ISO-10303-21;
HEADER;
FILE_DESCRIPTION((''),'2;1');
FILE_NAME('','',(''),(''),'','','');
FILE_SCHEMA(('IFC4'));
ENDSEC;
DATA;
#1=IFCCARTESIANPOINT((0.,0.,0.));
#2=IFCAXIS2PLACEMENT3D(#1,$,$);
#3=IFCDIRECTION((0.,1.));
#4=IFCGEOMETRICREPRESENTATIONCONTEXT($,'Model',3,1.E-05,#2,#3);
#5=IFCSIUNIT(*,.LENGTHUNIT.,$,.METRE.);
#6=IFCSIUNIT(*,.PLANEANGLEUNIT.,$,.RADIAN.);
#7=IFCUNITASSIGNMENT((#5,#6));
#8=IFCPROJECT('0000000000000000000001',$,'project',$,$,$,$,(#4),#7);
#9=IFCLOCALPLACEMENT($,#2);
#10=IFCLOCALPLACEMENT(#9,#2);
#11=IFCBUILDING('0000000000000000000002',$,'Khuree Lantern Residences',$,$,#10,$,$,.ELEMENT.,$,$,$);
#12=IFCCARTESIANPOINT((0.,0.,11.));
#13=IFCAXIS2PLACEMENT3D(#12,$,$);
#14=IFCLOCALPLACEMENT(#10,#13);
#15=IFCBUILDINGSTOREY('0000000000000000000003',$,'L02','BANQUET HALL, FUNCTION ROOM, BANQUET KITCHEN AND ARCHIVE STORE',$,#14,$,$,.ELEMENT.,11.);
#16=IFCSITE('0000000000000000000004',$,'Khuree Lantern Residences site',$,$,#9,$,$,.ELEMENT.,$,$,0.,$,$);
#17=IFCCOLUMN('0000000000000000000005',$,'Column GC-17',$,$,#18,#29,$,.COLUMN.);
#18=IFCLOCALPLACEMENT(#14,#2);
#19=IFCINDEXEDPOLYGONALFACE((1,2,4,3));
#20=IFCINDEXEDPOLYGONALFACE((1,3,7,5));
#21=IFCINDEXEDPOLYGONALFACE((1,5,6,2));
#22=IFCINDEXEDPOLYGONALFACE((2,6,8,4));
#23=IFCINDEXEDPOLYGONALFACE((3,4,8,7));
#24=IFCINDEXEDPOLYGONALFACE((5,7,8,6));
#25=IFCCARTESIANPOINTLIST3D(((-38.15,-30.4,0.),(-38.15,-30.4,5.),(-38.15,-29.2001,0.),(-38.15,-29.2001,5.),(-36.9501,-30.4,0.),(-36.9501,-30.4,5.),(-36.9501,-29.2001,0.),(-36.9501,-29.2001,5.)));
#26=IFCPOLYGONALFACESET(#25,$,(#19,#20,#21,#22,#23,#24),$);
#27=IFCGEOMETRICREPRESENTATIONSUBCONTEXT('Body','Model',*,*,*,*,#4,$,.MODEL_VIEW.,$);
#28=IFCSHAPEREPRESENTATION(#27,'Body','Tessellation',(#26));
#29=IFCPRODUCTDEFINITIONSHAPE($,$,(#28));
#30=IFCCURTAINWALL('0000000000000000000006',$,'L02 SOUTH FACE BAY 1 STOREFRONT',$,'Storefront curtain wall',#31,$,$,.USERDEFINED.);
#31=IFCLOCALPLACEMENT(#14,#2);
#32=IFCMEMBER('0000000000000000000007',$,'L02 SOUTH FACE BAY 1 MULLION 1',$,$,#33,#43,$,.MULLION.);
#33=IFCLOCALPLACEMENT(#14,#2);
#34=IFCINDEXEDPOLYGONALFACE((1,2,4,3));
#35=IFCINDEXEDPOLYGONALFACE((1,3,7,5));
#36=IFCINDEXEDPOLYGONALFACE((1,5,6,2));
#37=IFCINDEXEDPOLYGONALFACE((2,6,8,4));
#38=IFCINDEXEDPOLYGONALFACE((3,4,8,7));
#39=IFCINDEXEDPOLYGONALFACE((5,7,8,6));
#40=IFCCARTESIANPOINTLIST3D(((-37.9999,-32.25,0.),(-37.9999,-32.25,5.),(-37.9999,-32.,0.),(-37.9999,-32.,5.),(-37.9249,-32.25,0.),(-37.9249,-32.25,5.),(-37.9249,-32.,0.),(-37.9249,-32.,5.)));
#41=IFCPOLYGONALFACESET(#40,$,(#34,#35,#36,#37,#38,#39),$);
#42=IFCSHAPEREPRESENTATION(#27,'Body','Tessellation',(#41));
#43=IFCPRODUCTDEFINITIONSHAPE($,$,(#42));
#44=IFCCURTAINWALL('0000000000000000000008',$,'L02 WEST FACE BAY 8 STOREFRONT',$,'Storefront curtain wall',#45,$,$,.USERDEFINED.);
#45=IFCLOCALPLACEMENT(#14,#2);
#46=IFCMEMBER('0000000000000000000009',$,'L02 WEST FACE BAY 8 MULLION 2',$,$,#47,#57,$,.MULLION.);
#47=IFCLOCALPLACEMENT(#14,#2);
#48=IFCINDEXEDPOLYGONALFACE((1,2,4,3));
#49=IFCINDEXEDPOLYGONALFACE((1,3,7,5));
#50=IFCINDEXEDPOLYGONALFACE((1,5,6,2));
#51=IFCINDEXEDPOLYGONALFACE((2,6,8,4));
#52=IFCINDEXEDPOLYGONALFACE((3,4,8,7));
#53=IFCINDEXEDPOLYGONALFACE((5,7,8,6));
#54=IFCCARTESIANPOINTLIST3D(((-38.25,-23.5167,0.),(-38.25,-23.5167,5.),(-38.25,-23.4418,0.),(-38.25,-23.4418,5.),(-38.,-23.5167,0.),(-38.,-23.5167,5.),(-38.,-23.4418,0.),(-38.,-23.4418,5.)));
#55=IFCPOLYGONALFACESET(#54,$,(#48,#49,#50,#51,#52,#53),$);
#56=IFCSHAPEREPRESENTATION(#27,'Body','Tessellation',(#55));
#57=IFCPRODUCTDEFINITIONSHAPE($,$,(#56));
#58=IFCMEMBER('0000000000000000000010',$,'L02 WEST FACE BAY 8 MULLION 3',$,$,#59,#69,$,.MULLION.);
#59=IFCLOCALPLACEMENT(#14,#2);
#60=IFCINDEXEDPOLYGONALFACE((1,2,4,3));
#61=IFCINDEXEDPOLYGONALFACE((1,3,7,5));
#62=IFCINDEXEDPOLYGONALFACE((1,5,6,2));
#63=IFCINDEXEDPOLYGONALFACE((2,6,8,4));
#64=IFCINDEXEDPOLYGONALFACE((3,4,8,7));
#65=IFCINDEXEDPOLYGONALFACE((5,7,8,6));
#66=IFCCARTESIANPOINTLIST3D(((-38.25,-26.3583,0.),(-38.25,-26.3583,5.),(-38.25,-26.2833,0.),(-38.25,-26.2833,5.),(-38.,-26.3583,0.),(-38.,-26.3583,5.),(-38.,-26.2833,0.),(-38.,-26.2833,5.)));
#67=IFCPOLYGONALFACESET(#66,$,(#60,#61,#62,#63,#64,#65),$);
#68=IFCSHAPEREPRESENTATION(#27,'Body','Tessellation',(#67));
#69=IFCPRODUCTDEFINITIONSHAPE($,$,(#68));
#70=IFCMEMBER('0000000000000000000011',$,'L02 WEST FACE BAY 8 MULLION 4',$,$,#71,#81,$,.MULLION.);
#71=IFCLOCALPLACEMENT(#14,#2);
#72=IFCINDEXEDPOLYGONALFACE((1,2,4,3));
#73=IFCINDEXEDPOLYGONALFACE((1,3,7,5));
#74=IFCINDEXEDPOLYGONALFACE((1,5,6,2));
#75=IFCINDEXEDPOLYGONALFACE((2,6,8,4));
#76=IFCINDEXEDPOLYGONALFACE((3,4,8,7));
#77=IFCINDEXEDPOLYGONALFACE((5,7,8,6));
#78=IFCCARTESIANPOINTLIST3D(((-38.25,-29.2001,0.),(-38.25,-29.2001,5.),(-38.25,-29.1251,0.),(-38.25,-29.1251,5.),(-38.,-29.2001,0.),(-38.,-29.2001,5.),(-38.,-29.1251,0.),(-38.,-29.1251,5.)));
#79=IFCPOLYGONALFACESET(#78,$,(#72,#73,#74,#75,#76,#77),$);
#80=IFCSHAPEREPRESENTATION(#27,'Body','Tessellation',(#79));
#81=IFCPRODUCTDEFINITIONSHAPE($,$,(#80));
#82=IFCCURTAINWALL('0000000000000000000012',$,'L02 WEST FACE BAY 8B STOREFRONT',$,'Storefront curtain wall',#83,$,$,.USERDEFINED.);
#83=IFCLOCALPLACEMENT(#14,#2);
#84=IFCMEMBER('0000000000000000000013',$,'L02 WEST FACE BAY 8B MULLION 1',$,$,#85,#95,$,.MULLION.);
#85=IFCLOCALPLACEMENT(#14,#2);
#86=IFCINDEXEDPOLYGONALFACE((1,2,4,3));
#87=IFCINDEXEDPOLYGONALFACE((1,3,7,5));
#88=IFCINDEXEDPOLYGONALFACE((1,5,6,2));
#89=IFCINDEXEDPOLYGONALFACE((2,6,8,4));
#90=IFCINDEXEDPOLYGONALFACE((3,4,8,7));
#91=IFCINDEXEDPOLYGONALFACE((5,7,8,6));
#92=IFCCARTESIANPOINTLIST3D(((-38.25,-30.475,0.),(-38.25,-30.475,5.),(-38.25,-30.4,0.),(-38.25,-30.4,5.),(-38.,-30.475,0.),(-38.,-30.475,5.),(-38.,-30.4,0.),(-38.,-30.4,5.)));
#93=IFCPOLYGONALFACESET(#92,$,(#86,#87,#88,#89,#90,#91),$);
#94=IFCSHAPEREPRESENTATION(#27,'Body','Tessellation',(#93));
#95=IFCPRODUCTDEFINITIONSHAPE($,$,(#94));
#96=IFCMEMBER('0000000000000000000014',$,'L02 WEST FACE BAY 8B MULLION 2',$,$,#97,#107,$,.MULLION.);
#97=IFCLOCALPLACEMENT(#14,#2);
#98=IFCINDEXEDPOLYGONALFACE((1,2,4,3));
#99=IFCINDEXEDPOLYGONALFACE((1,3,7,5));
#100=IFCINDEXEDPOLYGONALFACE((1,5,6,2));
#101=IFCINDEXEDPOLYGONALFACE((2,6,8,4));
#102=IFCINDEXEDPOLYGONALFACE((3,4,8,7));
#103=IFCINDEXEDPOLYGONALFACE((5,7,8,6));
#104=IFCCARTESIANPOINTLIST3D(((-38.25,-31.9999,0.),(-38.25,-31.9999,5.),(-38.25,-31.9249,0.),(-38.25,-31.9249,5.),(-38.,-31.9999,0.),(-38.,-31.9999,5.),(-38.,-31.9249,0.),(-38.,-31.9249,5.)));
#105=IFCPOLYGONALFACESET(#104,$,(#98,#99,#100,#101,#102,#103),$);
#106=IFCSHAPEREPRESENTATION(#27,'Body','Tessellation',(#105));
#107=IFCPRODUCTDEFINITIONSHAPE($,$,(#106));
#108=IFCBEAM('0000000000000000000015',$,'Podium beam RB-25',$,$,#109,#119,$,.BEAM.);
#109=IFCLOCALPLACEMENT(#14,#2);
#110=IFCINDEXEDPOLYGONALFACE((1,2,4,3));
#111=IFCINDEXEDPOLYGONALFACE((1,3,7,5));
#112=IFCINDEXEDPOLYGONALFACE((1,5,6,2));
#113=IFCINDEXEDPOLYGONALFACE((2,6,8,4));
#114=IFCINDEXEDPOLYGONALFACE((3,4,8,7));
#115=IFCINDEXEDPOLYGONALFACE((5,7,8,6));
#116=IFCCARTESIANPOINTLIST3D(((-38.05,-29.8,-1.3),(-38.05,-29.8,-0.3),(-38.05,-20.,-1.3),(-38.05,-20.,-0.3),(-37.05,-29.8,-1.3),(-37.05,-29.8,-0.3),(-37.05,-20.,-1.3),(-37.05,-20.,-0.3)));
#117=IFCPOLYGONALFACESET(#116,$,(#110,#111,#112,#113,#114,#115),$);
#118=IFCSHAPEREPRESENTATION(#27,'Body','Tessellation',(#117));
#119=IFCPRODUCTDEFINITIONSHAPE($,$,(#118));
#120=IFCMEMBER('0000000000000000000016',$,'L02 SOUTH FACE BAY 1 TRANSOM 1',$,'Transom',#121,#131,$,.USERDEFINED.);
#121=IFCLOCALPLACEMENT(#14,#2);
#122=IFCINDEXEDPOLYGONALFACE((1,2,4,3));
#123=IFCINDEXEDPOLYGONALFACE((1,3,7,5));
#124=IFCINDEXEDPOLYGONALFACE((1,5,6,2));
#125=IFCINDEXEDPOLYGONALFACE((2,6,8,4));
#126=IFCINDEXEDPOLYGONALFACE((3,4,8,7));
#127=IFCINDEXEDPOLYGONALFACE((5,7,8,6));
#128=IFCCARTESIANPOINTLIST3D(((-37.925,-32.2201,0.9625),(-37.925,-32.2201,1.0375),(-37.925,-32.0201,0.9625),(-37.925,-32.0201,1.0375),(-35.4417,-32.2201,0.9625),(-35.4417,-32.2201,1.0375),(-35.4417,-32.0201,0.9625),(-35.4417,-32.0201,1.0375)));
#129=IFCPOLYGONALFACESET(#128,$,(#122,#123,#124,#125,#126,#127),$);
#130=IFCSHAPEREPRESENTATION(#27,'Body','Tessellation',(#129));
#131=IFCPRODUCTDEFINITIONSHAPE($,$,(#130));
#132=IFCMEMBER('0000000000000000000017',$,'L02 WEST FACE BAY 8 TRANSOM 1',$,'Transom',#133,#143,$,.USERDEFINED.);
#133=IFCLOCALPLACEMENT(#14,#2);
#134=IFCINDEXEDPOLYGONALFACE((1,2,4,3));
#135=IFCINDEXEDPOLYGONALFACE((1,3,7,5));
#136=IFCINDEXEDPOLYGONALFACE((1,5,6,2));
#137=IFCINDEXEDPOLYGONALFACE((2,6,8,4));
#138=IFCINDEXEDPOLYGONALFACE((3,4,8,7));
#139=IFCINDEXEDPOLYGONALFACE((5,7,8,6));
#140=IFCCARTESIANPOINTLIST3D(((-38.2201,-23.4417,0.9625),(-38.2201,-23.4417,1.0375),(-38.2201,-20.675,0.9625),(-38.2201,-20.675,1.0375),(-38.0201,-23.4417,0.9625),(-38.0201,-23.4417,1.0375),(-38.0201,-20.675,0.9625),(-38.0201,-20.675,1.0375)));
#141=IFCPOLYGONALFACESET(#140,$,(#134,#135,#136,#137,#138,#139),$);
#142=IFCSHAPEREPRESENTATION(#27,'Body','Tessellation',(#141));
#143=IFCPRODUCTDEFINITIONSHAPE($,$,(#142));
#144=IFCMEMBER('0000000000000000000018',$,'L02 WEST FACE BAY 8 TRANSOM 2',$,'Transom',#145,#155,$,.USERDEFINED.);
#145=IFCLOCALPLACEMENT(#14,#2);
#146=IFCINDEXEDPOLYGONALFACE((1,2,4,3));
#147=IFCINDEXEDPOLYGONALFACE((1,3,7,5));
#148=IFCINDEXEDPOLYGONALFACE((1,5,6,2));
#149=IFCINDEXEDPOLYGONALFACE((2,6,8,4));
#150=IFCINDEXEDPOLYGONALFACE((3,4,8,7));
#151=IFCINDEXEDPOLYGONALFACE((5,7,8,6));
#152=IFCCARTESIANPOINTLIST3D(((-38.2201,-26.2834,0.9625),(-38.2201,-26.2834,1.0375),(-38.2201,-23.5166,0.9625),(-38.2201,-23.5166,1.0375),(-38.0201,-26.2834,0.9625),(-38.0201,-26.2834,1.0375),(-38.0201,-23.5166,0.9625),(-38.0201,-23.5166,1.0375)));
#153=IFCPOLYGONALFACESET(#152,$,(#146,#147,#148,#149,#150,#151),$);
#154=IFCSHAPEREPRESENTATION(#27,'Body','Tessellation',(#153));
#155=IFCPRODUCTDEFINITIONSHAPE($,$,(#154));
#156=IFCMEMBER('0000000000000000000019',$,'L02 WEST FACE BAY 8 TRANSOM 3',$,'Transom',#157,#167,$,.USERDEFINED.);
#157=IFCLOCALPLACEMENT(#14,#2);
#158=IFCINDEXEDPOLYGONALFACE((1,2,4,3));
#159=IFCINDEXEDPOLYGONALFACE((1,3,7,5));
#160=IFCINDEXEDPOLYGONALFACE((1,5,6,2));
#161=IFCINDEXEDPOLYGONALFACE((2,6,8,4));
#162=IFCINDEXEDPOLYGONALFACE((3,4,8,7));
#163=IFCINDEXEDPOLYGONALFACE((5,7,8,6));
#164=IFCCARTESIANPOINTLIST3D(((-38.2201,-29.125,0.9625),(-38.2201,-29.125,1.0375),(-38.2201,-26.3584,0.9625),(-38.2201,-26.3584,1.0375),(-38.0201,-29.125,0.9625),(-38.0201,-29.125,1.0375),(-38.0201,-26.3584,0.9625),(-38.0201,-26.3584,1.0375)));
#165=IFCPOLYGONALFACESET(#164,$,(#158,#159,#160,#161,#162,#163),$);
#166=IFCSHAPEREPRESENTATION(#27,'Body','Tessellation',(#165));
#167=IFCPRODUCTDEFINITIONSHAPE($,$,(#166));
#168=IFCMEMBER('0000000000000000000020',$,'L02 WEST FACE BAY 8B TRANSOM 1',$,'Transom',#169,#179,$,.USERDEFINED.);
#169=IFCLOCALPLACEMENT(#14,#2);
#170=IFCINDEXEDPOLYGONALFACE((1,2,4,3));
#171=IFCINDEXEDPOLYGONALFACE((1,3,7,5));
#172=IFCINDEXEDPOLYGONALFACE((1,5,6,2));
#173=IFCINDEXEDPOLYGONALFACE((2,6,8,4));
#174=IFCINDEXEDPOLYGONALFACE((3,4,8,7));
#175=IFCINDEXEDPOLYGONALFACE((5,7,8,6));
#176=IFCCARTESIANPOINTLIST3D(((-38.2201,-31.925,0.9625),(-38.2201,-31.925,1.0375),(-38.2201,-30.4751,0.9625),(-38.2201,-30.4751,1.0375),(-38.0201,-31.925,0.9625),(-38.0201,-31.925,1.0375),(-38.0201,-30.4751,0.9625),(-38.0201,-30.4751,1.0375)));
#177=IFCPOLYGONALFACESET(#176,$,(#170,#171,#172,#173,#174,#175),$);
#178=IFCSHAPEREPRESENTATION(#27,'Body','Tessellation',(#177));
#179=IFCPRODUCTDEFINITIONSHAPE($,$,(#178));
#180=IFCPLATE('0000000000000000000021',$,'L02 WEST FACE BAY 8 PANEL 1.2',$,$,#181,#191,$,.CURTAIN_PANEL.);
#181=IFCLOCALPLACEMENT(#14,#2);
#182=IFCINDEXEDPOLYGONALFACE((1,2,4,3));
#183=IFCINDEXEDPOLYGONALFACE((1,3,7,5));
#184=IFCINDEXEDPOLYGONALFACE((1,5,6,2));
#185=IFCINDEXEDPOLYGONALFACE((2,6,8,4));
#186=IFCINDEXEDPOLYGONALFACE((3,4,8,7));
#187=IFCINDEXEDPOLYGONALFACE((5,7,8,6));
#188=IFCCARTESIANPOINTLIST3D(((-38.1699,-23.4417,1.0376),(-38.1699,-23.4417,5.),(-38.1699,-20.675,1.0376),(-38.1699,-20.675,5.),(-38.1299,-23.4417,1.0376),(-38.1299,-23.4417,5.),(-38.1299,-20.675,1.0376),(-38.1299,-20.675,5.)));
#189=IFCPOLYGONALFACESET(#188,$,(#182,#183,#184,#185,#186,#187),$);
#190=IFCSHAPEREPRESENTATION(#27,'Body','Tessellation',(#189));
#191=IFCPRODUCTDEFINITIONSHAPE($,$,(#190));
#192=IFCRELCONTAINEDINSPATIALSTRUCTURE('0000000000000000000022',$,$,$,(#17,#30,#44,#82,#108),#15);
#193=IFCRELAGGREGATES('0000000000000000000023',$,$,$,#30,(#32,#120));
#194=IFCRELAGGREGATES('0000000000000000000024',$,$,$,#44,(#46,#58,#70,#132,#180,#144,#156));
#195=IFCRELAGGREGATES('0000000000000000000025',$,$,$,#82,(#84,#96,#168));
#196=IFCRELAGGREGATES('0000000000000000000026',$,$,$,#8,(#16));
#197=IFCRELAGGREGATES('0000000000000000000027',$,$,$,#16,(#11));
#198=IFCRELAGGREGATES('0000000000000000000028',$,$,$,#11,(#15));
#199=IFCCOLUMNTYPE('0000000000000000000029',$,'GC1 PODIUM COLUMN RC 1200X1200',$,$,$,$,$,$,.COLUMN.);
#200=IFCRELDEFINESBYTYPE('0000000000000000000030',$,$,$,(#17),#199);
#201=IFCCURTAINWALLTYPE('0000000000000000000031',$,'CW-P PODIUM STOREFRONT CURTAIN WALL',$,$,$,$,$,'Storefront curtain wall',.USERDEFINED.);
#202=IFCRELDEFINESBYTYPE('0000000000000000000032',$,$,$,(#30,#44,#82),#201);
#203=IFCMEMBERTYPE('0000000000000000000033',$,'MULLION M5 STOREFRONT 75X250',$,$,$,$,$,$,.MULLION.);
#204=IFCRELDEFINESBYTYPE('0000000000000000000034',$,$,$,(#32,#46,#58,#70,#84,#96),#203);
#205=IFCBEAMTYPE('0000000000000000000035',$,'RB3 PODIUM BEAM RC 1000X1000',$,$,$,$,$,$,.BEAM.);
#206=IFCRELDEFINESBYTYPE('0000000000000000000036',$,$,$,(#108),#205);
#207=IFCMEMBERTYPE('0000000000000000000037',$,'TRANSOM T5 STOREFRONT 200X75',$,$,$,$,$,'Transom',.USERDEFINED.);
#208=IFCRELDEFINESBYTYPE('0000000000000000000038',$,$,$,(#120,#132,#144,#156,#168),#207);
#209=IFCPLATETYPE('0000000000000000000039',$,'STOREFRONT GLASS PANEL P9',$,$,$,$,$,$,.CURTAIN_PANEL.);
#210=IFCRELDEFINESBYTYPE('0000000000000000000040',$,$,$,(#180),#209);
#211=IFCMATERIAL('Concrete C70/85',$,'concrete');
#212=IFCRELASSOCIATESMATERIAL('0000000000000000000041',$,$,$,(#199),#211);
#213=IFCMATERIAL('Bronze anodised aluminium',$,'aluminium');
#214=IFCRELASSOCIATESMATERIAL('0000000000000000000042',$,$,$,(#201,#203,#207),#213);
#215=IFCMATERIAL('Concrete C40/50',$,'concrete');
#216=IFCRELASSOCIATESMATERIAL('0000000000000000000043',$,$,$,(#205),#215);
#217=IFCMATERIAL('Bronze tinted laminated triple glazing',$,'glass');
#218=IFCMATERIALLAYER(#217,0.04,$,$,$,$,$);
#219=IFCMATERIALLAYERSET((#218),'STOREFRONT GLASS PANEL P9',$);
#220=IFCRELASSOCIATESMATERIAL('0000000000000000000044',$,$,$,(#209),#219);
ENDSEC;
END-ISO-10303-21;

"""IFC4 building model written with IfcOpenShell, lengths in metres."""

from ifc_helpers import new_model, si_unit, direction, frame, origin, origin_2d, place, context, subcontext, project, spatial, rectangle, extrude, material, layer, layer_set, material_profile, profile_set, type_object, element, aggregate, save


model = new_model("IFC4")

# Units and contexts
model_context = context("Model", 3, precision=1e-05, world=origin(), true_north=direction((0.0, 1.0)))
body_context = subcontext(model_context, "Body", "Model", "MODEL_VIEW")
ifc_project = project(units=[si_unit("LENGTHUNIT", "METRE"), si_unit("PLANEANGLEUNIT", "RADIAN")], contexts=[model_context])

# Site, building, storey
site_placement = place(None, origin())
site = spatial("IfcSite", under=ifc_project, at=site_placement, Name="Khuree Lantern Residences site", CompositionType="ELEMENT", RefElevation=0.0)
building_placement = place(site_placement, origin())
building = spatial("IfcBuilding", under=site, at=building_placement, Name="Khuree Lantern Residences", CompositionType="ELEMENT")
storey_placement = place(building_placement, frame((0.0, 0.0, 11.0)))
storey = spatial("IfcBuildingStorey", under=building, at=storey_placement, Name="L02", Description="BANQUET HALL, FUNCTION ROOM, BANQUET KITCHEN AND ARCHIVE STORE", CompositionType="ELEMENT", Elevation=11.0)

# Column
ifc_material_1 = material(Name="Concrete C70/85", Category="concrete")
ifc_material_profile_1 = material_profile(ifc_material_1, rectangle(XDim=1.2, YDim=1.2, at=origin_2d()), Name="RC 1200X1200")
ifc_profile_set_1 = profile_set([ifc_material_profile_1], Name="Concrete C70/85")
column_type = type_object("IfcColumnType", Name="GC1 PODIUM COLUMN RC 1200X1200", PredefinedType="COLUMN", material=ifc_profile_set_1)
column_placement = place(storey_placement, frame((-37.55, -29.8, 0.0), z_axis=(0.0, 0.0, 1.0), x_axis=(1.0, 0.0, 0.0)))
element("IfcColumn", 1, at=column_placement, inside=storey, type_object=column_type, Name="Column GC-17", PredefinedType="COLUMN", context=body_context, shape_type="SweptSolid", body=[
    extrude(rectangle(XDim=1.2, YDim=1.2, at=origin_2d()), origin(), (0.0, 0.0, 1.0), 5.0),
])

# Curtain wall, member
ifc_material_2 = material(Name="Bronze anodised aluminium", Category="aluminium")
curtain_wall_type = type_object("IfcCurtainWallType", Name="CW-P PODIUM STOREFRONT CURTAIN WALL", ElementType="Storefront curtain wall", PredefinedType="USERDEFINED", material=ifc_material_2)
curtain_wall_1_placement = place(storey_placement, origin())
curtain_wall_1 = element("IfcCurtainWall", 2, at=curtain_wall_1_placement, inside=storey, type_object=curtain_wall_type, Name="L02 SOUTH FACE BAY 1 STOREFRONT", ObjectType="Storefront curtain wall", PredefinedType="USERDEFINED")
ifc_material_profile_2 = material_profile(ifc_material_2, rectangle(XDim=0.075, YDim=0.25, at=origin_2d()), Name="M5 75X250")
ifc_profile_set_2 = profile_set([ifc_material_profile_2], Name="Bronze anodised aluminium")
member_type_1 = type_object("IfcMemberType", Name="MULLION M5 STOREFRONT 75X250", PredefinedType="MULLION", material=ifc_profile_set_2)
member_1_placement = place(storey_placement, frame((-37.9624, -32.125, 0.0), z_axis=(0.0, 0.0, 1.0), x_axis=(1.0, 0.0, 0.0)))
member_1 = element("IfcMember", 3, at=member_1_placement, type_object=member_type_1, Name="L02 SOUTH FACE BAY 1 MULLION 1", PredefinedType="MULLION", context=body_context, shape_type="SweptSolid", body=[
    extrude(rectangle(XDim=0.075, YDim=0.25, at=origin_2d()), origin(), (0.0, 0.0, 1.0), 5.0),
])

# Curtain walls, members
curtain_wall_2_placement = place(storey_placement, origin())
curtain_wall_2 = element("IfcCurtainWall", 4, at=curtain_wall_2_placement, inside=storey, type_object=curtain_wall_type, Name="L02 WEST FACE BAY 8 STOREFRONT", ObjectType="Storefront curtain wall", PredefinedType="USERDEFINED")
member_2_placement = place(storey_placement, frame((-38.125, -23.4792, 0.0), z_axis=(0.0, 0.0, 1.0), x_axis=(0.0, -1.0, 0.0)))
member_2 = element("IfcMember", 5, at=member_2_placement, type_object=member_type_1, Name="L02 WEST FACE BAY 8 MULLION 2", PredefinedType="MULLION", context=body_context, shape_type="SweptSolid", body=[
    extrude(rectangle(XDim=0.075, YDim=0.25, at=origin_2d()), origin(), (0.0, 0.0, 1.0), 5.0),
])
member_3_placement = place(storey_placement, frame((-38.125, -26.3208, 0.0), z_axis=(0.0, 0.0, 1.0), x_axis=(0.0, -1.0, 0.0)))
member_3 = element("IfcMember", 6, at=member_3_placement, type_object=member_type_1, Name="L02 WEST FACE BAY 8 MULLION 3", PredefinedType="MULLION", context=body_context, shape_type="SweptSolid", body=[
    extrude(rectangle(XDim=0.075, YDim=0.25, at=origin_2d()), origin(), (0.0, 0.0, 1.0), 5.0),
])
member_4_placement = place(storey_placement, frame((-38.125, -29.1626, 0.0), z_axis=(0.0, 0.0, 1.0), x_axis=(0.0, -1.0, 0.0)))
member_4 = element("IfcMember", 7, at=member_4_placement, type_object=member_type_1, Name="L02 WEST FACE BAY 8 MULLION 4", PredefinedType="MULLION", context=body_context, shape_type="SweptSolid", body=[
    extrude(rectangle(XDim=0.075, YDim=0.25, at=origin_2d()), origin(), (0.0, 0.0, 1.0), 5.0),
])
curtain_wall_3_placement = place(storey_placement, origin())
curtain_wall_3 = element("IfcCurtainWall", 8, at=curtain_wall_3_placement, inside=storey, type_object=curtain_wall_type, Name="L02 WEST FACE BAY 8B STOREFRONT", ObjectType="Storefront curtain wall", PredefinedType="USERDEFINED")
member_5_placement = place(storey_placement, frame((-38.125, -30.4375, 0.0), z_axis=(0.0, 0.0, 1.0), x_axis=(0.0, -1.0, 0.0)))
member_5 = element("IfcMember", 9, at=member_5_placement, type_object=member_type_1, Name="L02 WEST FACE BAY 8B MULLION 1", PredefinedType="MULLION", context=body_context, shape_type="SweptSolid", body=[
    extrude(rectangle(XDim=0.075, YDim=0.25, at=origin_2d()), origin(), (0.0, 0.0, 1.0), 5.0),
])
member_6_placement = place(storey_placement, frame((-38.125, -31.9624, 0.0), z_axis=(0.0, 0.0, 1.0), x_axis=(0.0, -1.0, 0.0)))
member_6 = element("IfcMember", 10, at=member_6_placement, type_object=member_type_1, Name="L02 WEST FACE BAY 8B MULLION 2", PredefinedType="MULLION", context=body_context, shape_type="SweptSolid", body=[
    extrude(rectangle(XDim=0.075, YDim=0.25, at=origin_2d()), origin(), (0.0, 0.0, 1.0), 5.0),
])

# Beam
ifc_material_3 = material(Name="Concrete C40/50", Category="concrete")
ifc_material_profile_3 = material_profile(ifc_material_3, rectangle(XDim=1.0, YDim=1.0, at=origin_2d()), Name="RC 1000X1000")
ifc_profile_set_3 = profile_set([ifc_material_profile_3], Name="Concrete C40/50")
beam_type = type_object("IfcBeamType", Name="RB3 PODIUM BEAM RC 1000X1000", PredefinedType="BEAM", material=ifc_profile_set_3)
beam_placement = place(storey_placement, frame((-37.55, -29.8, -0.8), z_axis=(0.0, 1.0, 0.0), x_axis=(-1.0, 0.0, 0.0)))
element("IfcBeam", 11, at=beam_placement, inside=storey, type_object=beam_type, Name="Podium beam RB-25", PredefinedType="BEAM", context=body_context, shape_type="SweptSolid", body=[
    extrude(rectangle(XDim=1.0, YDim=1.0, at=origin_2d()), origin(), (0.0, 0.0, 1.0), 9.8),
])

# Members
ifc_material_profile_4 = material_profile(ifc_material_2, rectangle(XDim=0.2, YDim=0.075, at=origin_2d()), Name="T5 200X75")
ifc_profile_set_4 = profile_set([ifc_material_profile_4], Name="Bronze anodised aluminium")
member_type_2 = type_object("IfcMemberType", Name="TRANSOM T5 STOREFRONT 200X75", ElementType="Transom", PredefinedType="USERDEFINED", material=ifc_profile_set_4)
member_7_placement = place(storey_placement, frame((-37.925, -32.1201, 1.0), z_axis=(1.0, 0.0, 0.0), x_axis=(0.0, 1.0, 0.0)))
member_7 = element("IfcMember", 12, at=member_7_placement, type_object=member_type_2, Name="L02 SOUTH FACE BAY 1 TRANSOM 1", ObjectType="Transom", PredefinedType="USERDEFINED", context=body_context, shape_type="SweptSolid", body=[
    extrude(rectangle(XDim=0.2, YDim=0.075, at=origin_2d()), origin(), (0.0, 0.0, 1.0), 2.4834),
])
member_8_placement = place(storey_placement, frame((-38.1201, -20.675, 1.0), z_axis=(0.0, -1.0, 0.0), x_axis=(1.0, 0.0, 0.0)))
member_8 = element("IfcMember", 13, at=member_8_placement, type_object=member_type_2, Name="L02 WEST FACE BAY 8 TRANSOM 1", ObjectType="Transom", PredefinedType="USERDEFINED", context=body_context, shape_type="SweptSolid", body=[
    extrude(rectangle(XDim=0.2, YDim=0.075, at=origin_2d()), origin(), (0.0, 0.0, 1.0), 2.7666),
])
member_9_placement = place(storey_placement, frame((-38.1201, -23.5166, 1.0), z_axis=(0.0, -1.0, 0.0), x_axis=(1.0, 0.0, 0.0)))
member_9 = element("IfcMember", 14, at=member_9_placement, type_object=member_type_2, Name="L02 WEST FACE BAY 8 TRANSOM 2", ObjectType="Transom", PredefinedType="USERDEFINED", context=body_context, shape_type="SweptSolid", body=[
    extrude(rectangle(XDim=0.2, YDim=0.075, at=origin_2d()), origin(), (0.0, 0.0, 1.0), 2.7668),
])
member_10_placement = place(storey_placement, frame((-38.1201, -26.3584, 1.0), z_axis=(0.0, -1.0, 0.0), x_axis=(1.0, 0.0, 0.0)))
member_10 = element("IfcMember", 15, at=member_10_placement, type_object=member_type_2, Name="L02 WEST FACE BAY 8 TRANSOM 3", ObjectType="Transom", PredefinedType="USERDEFINED", context=body_context, shape_type="SweptSolid", body=[
    extrude(rectangle(XDim=0.2, YDim=0.075, at=origin_2d()), origin(), (0.0, 0.0, 1.0), 2.7666),
])
member_11_placement = place(storey_placement, frame((-38.1201, -30.4751, 1.0), z_axis=(0.0, -1.0, 0.0), x_axis=(1.0, 0.0, 0.0)))
member_11 = element("IfcMember", 16, at=member_11_placement, type_object=member_type_2, Name="L02 WEST FACE BAY 8B TRANSOM 1", ObjectType="Transom", PredefinedType="USERDEFINED", context=body_context, shape_type="SweptSolid", body=[
    extrude(rectangle(XDim=0.2, YDim=0.075, at=origin_2d()), origin(), (0.0, 0.0, 1.0), 1.45),
])

# Plate
ifc_material_4 = material(Name="Bronze tinted laminated triple glazing", Category="glass")
ifc_layer_1 = layer(ifc_material_4, 0.04)
ifc_layer_set_1 = layer_set([ifc_layer_1], Name="STOREFRONT GLASS PANEL P9")
plate_type_1 = type_object("IfcPlateType", Name="STOREFRONT GLASS PANEL P9", PredefinedType="CURTAIN_PANEL", material=ifc_layer_set_1)
plate_1_placement = place(storey_placement, frame((-38.1499, -22.0583, 1.0376), z_axis=(0.0, 0.0, 1.0), x_axis=(0.0, -1.0, 0.0)))
plate_1 = element("IfcPlate", 17, at=plate_1_placement, type_object=plate_type_1, Name="L02 WEST FACE BAY 8 PANEL 1.2", PredefinedType="CURTAIN_PANEL", context=body_context, shape_type="SweptSolid", body=[
    extrude(rectangle(XDim=2.7666, YDim=0.04, at=origin_2d()), origin(), (0.0, 0.0, 1.0), 3.9624),
])
aggregate(curtain_wall_1, [member_1, member_7])
aggregate(curtain_wall_2, [member_2, member_3, member_4, member_8, plate_1, member_9, member_10])
aggregate(curtain_wall_3, [member_5, member_6, member_11])

save(model, "model.ifc")
